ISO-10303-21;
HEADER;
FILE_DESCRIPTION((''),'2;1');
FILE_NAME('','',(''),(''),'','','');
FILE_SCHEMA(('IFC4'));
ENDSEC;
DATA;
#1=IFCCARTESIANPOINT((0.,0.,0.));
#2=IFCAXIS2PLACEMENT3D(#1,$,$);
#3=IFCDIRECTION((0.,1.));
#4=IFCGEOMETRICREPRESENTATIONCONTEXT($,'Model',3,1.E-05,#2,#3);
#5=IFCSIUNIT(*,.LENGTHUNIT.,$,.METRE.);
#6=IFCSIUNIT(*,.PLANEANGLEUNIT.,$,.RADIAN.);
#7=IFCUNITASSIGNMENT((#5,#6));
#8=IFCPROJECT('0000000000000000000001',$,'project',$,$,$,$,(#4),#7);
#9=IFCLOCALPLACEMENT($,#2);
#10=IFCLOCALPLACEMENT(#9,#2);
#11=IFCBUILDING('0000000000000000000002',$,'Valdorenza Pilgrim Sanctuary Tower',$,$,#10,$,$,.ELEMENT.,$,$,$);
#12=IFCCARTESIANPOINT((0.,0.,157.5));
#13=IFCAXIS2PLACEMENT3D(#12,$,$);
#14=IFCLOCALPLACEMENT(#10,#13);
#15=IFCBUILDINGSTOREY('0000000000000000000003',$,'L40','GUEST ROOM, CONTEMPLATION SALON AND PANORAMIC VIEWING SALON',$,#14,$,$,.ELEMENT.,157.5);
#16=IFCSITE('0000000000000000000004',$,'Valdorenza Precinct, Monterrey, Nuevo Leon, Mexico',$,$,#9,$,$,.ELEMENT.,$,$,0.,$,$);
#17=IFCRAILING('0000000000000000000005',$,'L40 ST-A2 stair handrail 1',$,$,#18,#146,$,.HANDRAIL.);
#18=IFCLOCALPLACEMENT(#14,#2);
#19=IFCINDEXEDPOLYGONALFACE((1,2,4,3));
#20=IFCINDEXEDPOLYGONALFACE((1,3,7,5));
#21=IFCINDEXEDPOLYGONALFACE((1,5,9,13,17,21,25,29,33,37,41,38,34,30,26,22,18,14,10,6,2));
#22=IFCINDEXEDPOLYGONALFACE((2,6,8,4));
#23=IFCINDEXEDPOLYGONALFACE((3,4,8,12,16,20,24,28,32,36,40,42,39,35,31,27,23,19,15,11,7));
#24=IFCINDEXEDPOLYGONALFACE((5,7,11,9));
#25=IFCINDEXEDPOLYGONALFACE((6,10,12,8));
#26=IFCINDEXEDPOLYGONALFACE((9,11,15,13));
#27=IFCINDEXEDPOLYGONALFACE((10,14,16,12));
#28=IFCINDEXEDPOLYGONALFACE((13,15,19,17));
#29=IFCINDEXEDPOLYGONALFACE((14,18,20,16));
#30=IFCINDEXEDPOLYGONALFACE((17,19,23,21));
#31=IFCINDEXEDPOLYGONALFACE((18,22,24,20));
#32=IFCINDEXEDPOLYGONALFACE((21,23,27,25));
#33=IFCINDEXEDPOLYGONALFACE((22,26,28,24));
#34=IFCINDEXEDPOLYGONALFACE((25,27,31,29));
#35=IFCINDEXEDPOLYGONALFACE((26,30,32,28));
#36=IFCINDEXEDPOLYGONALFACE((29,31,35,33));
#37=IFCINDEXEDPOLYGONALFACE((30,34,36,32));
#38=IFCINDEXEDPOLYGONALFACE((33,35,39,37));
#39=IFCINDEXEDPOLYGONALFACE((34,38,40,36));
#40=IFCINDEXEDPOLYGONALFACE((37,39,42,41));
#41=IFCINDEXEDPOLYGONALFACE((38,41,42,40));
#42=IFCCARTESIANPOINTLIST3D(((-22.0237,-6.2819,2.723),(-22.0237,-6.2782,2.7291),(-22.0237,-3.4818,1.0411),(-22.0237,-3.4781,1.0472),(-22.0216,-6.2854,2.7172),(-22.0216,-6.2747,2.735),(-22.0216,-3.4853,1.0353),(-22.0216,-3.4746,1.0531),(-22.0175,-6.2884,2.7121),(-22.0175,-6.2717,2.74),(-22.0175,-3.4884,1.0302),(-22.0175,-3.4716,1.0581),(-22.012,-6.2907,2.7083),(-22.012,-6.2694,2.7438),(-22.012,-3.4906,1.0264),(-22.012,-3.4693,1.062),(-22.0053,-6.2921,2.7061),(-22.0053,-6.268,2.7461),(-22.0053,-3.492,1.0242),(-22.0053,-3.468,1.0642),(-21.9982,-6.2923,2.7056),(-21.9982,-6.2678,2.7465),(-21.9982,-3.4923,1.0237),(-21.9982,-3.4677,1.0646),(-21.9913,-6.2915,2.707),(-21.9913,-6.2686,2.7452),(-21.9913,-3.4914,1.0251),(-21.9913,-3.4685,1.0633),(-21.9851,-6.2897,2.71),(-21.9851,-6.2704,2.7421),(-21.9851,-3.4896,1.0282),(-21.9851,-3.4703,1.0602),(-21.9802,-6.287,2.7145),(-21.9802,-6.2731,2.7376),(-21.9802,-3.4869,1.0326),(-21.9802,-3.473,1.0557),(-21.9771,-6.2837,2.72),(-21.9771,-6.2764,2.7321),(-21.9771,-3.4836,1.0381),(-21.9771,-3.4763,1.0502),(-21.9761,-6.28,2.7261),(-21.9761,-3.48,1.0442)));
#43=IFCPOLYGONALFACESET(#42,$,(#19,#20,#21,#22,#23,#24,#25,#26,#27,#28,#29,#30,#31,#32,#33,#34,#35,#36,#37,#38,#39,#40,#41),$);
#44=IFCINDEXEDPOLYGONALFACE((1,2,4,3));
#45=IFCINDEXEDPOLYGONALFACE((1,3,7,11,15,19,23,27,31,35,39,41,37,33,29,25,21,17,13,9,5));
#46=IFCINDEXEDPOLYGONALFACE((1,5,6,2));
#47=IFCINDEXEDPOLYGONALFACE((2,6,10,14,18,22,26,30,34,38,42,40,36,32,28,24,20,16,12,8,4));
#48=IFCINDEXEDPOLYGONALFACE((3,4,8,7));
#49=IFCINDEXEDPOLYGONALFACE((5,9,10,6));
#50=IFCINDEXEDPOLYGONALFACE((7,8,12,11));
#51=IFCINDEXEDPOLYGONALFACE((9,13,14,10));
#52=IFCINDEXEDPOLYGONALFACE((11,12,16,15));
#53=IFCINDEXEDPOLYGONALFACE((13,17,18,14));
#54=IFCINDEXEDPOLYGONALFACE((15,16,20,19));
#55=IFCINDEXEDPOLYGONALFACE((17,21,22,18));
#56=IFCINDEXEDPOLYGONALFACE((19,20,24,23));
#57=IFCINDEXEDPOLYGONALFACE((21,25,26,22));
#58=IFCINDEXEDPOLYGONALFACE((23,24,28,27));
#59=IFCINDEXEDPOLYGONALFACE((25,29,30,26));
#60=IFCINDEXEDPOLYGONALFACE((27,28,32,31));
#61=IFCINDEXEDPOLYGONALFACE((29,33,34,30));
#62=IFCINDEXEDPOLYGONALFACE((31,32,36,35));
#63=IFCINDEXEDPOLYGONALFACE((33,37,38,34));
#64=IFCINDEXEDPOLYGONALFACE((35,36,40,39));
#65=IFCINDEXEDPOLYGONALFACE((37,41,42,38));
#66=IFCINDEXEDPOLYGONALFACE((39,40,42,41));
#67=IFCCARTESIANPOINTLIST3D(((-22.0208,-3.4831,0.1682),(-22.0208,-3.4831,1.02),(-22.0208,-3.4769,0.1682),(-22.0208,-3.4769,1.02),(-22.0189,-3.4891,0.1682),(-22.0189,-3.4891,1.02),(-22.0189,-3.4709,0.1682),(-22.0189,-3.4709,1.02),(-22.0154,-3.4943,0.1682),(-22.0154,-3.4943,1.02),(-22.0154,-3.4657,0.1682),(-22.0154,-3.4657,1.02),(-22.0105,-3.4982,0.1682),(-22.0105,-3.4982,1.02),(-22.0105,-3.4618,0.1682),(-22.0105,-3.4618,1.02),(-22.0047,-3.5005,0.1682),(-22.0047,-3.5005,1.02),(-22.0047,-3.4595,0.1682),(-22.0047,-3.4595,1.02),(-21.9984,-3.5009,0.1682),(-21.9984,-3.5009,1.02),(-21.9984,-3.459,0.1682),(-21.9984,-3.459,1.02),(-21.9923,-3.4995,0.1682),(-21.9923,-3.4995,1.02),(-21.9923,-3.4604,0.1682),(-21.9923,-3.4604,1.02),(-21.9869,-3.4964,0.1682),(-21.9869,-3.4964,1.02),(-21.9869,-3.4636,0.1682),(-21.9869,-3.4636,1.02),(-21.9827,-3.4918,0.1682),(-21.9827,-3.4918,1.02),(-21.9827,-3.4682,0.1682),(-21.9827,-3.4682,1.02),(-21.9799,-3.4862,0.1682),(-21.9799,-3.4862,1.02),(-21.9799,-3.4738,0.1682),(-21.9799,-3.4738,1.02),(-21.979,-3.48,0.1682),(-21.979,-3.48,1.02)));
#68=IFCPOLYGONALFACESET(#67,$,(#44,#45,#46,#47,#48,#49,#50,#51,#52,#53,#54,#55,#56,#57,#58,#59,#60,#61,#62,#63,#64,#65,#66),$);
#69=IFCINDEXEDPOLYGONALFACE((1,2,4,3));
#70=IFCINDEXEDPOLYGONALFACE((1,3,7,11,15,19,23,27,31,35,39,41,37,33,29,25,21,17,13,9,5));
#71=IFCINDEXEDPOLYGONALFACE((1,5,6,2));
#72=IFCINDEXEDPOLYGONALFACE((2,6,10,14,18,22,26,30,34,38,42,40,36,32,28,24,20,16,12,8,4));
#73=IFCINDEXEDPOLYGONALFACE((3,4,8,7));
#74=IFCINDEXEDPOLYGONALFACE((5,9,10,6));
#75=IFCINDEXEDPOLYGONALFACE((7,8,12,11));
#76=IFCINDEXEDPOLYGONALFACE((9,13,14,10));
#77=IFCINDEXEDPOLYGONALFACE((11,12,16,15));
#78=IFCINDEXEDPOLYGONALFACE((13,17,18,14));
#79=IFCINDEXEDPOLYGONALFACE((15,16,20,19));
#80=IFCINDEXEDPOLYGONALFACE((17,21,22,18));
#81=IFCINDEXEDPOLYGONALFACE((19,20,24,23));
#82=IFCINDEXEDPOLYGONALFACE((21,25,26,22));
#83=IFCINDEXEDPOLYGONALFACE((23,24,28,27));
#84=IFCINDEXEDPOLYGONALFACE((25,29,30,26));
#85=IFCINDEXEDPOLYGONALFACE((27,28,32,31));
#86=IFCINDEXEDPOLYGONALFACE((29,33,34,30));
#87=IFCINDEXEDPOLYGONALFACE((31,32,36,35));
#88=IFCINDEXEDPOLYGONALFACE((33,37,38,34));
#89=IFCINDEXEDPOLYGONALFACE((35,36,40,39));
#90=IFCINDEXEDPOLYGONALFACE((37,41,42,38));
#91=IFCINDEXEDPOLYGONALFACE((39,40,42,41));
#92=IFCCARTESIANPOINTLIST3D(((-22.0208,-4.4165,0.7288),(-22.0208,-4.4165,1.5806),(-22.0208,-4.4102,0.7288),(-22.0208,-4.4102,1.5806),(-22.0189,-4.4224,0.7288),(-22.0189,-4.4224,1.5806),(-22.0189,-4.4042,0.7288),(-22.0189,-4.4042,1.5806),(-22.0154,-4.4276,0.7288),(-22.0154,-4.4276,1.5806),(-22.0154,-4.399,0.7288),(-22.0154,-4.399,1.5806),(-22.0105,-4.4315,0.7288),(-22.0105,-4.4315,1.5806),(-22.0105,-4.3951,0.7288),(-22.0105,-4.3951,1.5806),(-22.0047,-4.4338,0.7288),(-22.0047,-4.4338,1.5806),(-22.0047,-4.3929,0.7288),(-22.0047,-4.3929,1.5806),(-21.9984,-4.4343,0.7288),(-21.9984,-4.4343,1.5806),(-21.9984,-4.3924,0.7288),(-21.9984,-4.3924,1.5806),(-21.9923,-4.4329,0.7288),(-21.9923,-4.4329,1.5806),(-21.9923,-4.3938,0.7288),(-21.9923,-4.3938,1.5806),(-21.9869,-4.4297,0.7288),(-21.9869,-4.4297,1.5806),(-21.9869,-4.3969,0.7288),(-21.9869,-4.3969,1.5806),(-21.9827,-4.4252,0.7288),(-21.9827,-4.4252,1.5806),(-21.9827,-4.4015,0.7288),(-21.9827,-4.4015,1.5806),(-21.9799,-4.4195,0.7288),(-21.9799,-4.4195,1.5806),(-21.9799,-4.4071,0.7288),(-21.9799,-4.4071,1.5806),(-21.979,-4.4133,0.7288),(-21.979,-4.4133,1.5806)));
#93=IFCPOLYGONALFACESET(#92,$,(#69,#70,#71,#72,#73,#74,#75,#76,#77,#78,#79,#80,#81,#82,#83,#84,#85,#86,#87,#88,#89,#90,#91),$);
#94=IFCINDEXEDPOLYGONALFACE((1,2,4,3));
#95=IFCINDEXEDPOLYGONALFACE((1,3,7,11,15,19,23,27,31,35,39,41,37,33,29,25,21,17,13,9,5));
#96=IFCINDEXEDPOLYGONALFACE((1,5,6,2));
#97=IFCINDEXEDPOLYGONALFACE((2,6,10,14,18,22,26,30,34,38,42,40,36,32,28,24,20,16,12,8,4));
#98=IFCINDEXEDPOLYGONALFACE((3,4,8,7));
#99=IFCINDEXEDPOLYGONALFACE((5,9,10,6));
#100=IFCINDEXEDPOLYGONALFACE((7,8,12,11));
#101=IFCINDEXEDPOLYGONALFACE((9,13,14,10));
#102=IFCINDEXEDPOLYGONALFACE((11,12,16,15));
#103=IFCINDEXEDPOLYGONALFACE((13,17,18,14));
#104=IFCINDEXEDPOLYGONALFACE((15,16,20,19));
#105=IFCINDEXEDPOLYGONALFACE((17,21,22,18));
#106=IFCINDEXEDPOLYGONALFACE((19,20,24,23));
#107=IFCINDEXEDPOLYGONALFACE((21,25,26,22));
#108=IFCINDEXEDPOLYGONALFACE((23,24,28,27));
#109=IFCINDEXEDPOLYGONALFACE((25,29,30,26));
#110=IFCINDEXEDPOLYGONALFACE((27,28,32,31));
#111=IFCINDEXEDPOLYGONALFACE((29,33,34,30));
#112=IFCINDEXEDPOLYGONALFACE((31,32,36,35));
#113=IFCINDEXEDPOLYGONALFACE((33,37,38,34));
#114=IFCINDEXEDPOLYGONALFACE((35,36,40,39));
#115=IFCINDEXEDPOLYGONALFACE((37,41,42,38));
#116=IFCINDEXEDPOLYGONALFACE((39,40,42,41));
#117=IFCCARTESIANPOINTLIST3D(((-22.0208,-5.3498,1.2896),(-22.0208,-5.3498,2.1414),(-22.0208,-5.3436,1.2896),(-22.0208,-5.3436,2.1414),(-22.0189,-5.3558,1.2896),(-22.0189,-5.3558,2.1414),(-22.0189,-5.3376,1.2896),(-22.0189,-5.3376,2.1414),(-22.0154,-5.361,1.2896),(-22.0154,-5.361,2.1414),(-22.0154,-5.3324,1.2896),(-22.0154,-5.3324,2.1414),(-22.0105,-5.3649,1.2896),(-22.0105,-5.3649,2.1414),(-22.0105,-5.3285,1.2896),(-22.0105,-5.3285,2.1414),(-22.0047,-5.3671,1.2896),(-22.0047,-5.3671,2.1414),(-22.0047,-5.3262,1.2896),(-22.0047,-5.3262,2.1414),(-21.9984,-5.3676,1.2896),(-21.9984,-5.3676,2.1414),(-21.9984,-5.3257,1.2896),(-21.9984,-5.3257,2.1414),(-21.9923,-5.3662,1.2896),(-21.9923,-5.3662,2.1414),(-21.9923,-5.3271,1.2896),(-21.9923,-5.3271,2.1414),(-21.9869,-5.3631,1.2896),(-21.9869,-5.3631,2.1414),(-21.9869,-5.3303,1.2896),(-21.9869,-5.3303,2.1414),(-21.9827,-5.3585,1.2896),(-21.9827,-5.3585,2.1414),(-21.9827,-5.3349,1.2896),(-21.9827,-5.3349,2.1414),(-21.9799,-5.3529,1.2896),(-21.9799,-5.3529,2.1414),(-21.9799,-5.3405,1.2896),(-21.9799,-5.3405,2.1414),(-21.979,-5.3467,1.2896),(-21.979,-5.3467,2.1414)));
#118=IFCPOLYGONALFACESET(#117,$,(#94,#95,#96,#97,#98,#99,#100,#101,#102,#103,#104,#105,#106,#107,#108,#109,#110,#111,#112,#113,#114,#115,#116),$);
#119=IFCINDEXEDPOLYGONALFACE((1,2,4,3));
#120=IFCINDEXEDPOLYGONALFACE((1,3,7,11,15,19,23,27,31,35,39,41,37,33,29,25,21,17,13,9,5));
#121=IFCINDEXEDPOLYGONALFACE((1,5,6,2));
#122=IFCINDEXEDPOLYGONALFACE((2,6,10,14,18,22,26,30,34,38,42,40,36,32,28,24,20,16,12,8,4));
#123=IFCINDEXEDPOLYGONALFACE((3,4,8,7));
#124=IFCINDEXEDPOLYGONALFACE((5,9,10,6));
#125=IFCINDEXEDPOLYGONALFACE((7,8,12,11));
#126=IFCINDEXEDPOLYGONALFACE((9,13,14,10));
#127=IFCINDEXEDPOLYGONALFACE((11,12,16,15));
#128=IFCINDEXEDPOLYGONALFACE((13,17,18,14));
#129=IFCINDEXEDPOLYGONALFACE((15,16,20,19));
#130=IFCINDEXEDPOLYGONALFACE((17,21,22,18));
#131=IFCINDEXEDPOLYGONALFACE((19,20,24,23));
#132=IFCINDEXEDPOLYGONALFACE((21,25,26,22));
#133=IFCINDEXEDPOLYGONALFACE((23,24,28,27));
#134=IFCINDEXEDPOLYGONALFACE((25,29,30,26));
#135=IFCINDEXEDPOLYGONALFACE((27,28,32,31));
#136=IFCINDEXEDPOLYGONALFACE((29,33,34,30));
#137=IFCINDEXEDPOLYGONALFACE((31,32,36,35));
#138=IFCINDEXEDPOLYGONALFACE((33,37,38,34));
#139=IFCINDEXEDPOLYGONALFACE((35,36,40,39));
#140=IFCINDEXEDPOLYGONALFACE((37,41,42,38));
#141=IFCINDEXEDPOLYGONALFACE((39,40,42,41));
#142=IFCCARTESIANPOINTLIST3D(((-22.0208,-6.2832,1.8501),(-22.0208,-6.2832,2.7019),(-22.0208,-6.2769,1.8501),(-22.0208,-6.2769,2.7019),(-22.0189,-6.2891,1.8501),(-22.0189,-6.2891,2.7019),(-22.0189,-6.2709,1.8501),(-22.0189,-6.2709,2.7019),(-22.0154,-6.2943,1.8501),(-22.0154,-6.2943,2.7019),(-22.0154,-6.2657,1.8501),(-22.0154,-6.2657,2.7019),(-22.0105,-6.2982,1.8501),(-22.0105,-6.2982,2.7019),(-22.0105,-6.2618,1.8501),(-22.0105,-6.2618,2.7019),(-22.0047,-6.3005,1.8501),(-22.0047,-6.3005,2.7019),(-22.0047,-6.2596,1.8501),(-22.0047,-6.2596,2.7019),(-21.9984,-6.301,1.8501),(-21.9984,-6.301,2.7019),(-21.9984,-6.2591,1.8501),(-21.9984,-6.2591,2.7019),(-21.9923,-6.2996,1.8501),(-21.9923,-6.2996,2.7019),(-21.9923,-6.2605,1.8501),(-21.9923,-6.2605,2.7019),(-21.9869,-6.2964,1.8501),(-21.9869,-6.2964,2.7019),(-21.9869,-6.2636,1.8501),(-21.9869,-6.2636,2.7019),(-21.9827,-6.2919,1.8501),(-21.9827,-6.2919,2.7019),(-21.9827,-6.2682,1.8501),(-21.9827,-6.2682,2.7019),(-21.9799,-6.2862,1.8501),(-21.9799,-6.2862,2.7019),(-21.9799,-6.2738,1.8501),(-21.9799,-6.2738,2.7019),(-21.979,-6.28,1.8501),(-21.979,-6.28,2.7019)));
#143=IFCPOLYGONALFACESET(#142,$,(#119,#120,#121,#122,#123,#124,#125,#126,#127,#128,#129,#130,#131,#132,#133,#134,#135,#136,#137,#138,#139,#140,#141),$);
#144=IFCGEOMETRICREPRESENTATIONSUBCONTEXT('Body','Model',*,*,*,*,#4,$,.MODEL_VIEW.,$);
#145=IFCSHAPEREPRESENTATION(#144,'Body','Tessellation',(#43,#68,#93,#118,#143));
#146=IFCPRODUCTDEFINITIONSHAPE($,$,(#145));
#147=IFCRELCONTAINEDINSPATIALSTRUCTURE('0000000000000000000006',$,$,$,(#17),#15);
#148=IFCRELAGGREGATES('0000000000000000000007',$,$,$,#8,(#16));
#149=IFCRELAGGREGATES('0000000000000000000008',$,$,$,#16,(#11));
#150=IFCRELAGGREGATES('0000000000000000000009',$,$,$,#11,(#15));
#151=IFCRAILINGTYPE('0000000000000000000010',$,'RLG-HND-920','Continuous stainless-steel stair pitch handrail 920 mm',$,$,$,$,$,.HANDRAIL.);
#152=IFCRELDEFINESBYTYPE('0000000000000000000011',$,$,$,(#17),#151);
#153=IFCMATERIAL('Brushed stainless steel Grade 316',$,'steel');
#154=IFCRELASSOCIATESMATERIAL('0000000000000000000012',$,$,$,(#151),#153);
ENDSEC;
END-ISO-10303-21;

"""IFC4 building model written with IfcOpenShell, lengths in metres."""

from ifc_helpers import new_model, si_unit, direction, frame, origin, origin_2d, place, context, subcontext, project, spatial, circle, extrude, material, type_object, element, save


model = new_model("IFC4")

# Units and contexts
model_context = context("Model", 3, precision=1e-05, world=origin(), true_north=direction((0.0, 1.0)))
body_context = subcontext(model_context, "Body", "Model", "MODEL_VIEW")
ifc_project = project(units=[si_unit("LENGTHUNIT", "METRE"), si_unit("PLANEANGLEUNIT", "RADIAN")], contexts=[model_context])

# Site, building, storey
site_placement = place(None, origin())
site = spatial("IfcSite", under=ifc_project, at=site_placement, Name="Valdorenza Precinct, Monterrey, Nuevo Leon, Mexico", CompositionType="ELEMENT", RefElevation=0.0)
building_placement = place(site_placement, origin())
building = spatial("IfcBuilding", under=site, at=building_placement, Name="Valdorenza Pilgrim Sanctuary Tower", CompositionType="ELEMENT")
storey_placement = place(building_placement, frame((0.0, 0.0, 157.5)))
storey = spatial("IfcBuildingStorey", under=building, at=storey_placement, Name="L40", Description="GUEST ROOM, CONTEMPLATION SALON AND PANORAMIC VIEWING SALON", CompositionType="ELEMENT", Elevation=157.5)

# Shared definitions
ifc_material_1 = material(Name="Brushed stainless steel Grade 316", Category="steel")

# Railing
railing_type_1 = type_object("IfcRailingType", Name="RLG-HND-920", Description="Continuous stainless-steel stair pitch handrail 920 mm", PredefinedType="HANDRAIL", material=ifc_material_1)
railing_1_placement = place(storey_placement, frame((-22.0, -3.48, 0.1682)))
element("IfcRailing", 1, at=railing_1_placement, inside=storey, type_object=railing_type_1, Name="L40 ST-A2 stair handrail 1", PredefinedType="HANDRAIL", context=body_context, shape_type="SweptSolid", body=[
    extrude(circle(Radius=0.0239, at=origin_2d()), frame((0.0, 0.0, 0.876), z_axis=(0.0, -0.857242, 0.514913), x_axis=(1.0, 0.0, 0.0)), (0.0, 0.0, 1.0), 3.2664),
    extrude(circle(Radius=0.021, at=origin_2d()), origin(), (0.0, 0.0, 1.0), 0.8518),
    extrude(circle(Radius=0.021, at=origin_2d()), frame((0.0, -0.9333, 0.5605)), (0.0, 0.0, 1.0), 0.8518),
    extrude(circle(Radius=0.021, at=origin_2d()), frame((0.0, -1.8667, 1.1213)), (0.0, 0.0, 1.0), 0.8518),
    extrude(circle(Radius=0.021, at=origin_2d()), frame((0.0, -2.8, 1.6819)), (0.0, 0.0, 1.0), 0.8518),
])

save(model, "model.ifc")
